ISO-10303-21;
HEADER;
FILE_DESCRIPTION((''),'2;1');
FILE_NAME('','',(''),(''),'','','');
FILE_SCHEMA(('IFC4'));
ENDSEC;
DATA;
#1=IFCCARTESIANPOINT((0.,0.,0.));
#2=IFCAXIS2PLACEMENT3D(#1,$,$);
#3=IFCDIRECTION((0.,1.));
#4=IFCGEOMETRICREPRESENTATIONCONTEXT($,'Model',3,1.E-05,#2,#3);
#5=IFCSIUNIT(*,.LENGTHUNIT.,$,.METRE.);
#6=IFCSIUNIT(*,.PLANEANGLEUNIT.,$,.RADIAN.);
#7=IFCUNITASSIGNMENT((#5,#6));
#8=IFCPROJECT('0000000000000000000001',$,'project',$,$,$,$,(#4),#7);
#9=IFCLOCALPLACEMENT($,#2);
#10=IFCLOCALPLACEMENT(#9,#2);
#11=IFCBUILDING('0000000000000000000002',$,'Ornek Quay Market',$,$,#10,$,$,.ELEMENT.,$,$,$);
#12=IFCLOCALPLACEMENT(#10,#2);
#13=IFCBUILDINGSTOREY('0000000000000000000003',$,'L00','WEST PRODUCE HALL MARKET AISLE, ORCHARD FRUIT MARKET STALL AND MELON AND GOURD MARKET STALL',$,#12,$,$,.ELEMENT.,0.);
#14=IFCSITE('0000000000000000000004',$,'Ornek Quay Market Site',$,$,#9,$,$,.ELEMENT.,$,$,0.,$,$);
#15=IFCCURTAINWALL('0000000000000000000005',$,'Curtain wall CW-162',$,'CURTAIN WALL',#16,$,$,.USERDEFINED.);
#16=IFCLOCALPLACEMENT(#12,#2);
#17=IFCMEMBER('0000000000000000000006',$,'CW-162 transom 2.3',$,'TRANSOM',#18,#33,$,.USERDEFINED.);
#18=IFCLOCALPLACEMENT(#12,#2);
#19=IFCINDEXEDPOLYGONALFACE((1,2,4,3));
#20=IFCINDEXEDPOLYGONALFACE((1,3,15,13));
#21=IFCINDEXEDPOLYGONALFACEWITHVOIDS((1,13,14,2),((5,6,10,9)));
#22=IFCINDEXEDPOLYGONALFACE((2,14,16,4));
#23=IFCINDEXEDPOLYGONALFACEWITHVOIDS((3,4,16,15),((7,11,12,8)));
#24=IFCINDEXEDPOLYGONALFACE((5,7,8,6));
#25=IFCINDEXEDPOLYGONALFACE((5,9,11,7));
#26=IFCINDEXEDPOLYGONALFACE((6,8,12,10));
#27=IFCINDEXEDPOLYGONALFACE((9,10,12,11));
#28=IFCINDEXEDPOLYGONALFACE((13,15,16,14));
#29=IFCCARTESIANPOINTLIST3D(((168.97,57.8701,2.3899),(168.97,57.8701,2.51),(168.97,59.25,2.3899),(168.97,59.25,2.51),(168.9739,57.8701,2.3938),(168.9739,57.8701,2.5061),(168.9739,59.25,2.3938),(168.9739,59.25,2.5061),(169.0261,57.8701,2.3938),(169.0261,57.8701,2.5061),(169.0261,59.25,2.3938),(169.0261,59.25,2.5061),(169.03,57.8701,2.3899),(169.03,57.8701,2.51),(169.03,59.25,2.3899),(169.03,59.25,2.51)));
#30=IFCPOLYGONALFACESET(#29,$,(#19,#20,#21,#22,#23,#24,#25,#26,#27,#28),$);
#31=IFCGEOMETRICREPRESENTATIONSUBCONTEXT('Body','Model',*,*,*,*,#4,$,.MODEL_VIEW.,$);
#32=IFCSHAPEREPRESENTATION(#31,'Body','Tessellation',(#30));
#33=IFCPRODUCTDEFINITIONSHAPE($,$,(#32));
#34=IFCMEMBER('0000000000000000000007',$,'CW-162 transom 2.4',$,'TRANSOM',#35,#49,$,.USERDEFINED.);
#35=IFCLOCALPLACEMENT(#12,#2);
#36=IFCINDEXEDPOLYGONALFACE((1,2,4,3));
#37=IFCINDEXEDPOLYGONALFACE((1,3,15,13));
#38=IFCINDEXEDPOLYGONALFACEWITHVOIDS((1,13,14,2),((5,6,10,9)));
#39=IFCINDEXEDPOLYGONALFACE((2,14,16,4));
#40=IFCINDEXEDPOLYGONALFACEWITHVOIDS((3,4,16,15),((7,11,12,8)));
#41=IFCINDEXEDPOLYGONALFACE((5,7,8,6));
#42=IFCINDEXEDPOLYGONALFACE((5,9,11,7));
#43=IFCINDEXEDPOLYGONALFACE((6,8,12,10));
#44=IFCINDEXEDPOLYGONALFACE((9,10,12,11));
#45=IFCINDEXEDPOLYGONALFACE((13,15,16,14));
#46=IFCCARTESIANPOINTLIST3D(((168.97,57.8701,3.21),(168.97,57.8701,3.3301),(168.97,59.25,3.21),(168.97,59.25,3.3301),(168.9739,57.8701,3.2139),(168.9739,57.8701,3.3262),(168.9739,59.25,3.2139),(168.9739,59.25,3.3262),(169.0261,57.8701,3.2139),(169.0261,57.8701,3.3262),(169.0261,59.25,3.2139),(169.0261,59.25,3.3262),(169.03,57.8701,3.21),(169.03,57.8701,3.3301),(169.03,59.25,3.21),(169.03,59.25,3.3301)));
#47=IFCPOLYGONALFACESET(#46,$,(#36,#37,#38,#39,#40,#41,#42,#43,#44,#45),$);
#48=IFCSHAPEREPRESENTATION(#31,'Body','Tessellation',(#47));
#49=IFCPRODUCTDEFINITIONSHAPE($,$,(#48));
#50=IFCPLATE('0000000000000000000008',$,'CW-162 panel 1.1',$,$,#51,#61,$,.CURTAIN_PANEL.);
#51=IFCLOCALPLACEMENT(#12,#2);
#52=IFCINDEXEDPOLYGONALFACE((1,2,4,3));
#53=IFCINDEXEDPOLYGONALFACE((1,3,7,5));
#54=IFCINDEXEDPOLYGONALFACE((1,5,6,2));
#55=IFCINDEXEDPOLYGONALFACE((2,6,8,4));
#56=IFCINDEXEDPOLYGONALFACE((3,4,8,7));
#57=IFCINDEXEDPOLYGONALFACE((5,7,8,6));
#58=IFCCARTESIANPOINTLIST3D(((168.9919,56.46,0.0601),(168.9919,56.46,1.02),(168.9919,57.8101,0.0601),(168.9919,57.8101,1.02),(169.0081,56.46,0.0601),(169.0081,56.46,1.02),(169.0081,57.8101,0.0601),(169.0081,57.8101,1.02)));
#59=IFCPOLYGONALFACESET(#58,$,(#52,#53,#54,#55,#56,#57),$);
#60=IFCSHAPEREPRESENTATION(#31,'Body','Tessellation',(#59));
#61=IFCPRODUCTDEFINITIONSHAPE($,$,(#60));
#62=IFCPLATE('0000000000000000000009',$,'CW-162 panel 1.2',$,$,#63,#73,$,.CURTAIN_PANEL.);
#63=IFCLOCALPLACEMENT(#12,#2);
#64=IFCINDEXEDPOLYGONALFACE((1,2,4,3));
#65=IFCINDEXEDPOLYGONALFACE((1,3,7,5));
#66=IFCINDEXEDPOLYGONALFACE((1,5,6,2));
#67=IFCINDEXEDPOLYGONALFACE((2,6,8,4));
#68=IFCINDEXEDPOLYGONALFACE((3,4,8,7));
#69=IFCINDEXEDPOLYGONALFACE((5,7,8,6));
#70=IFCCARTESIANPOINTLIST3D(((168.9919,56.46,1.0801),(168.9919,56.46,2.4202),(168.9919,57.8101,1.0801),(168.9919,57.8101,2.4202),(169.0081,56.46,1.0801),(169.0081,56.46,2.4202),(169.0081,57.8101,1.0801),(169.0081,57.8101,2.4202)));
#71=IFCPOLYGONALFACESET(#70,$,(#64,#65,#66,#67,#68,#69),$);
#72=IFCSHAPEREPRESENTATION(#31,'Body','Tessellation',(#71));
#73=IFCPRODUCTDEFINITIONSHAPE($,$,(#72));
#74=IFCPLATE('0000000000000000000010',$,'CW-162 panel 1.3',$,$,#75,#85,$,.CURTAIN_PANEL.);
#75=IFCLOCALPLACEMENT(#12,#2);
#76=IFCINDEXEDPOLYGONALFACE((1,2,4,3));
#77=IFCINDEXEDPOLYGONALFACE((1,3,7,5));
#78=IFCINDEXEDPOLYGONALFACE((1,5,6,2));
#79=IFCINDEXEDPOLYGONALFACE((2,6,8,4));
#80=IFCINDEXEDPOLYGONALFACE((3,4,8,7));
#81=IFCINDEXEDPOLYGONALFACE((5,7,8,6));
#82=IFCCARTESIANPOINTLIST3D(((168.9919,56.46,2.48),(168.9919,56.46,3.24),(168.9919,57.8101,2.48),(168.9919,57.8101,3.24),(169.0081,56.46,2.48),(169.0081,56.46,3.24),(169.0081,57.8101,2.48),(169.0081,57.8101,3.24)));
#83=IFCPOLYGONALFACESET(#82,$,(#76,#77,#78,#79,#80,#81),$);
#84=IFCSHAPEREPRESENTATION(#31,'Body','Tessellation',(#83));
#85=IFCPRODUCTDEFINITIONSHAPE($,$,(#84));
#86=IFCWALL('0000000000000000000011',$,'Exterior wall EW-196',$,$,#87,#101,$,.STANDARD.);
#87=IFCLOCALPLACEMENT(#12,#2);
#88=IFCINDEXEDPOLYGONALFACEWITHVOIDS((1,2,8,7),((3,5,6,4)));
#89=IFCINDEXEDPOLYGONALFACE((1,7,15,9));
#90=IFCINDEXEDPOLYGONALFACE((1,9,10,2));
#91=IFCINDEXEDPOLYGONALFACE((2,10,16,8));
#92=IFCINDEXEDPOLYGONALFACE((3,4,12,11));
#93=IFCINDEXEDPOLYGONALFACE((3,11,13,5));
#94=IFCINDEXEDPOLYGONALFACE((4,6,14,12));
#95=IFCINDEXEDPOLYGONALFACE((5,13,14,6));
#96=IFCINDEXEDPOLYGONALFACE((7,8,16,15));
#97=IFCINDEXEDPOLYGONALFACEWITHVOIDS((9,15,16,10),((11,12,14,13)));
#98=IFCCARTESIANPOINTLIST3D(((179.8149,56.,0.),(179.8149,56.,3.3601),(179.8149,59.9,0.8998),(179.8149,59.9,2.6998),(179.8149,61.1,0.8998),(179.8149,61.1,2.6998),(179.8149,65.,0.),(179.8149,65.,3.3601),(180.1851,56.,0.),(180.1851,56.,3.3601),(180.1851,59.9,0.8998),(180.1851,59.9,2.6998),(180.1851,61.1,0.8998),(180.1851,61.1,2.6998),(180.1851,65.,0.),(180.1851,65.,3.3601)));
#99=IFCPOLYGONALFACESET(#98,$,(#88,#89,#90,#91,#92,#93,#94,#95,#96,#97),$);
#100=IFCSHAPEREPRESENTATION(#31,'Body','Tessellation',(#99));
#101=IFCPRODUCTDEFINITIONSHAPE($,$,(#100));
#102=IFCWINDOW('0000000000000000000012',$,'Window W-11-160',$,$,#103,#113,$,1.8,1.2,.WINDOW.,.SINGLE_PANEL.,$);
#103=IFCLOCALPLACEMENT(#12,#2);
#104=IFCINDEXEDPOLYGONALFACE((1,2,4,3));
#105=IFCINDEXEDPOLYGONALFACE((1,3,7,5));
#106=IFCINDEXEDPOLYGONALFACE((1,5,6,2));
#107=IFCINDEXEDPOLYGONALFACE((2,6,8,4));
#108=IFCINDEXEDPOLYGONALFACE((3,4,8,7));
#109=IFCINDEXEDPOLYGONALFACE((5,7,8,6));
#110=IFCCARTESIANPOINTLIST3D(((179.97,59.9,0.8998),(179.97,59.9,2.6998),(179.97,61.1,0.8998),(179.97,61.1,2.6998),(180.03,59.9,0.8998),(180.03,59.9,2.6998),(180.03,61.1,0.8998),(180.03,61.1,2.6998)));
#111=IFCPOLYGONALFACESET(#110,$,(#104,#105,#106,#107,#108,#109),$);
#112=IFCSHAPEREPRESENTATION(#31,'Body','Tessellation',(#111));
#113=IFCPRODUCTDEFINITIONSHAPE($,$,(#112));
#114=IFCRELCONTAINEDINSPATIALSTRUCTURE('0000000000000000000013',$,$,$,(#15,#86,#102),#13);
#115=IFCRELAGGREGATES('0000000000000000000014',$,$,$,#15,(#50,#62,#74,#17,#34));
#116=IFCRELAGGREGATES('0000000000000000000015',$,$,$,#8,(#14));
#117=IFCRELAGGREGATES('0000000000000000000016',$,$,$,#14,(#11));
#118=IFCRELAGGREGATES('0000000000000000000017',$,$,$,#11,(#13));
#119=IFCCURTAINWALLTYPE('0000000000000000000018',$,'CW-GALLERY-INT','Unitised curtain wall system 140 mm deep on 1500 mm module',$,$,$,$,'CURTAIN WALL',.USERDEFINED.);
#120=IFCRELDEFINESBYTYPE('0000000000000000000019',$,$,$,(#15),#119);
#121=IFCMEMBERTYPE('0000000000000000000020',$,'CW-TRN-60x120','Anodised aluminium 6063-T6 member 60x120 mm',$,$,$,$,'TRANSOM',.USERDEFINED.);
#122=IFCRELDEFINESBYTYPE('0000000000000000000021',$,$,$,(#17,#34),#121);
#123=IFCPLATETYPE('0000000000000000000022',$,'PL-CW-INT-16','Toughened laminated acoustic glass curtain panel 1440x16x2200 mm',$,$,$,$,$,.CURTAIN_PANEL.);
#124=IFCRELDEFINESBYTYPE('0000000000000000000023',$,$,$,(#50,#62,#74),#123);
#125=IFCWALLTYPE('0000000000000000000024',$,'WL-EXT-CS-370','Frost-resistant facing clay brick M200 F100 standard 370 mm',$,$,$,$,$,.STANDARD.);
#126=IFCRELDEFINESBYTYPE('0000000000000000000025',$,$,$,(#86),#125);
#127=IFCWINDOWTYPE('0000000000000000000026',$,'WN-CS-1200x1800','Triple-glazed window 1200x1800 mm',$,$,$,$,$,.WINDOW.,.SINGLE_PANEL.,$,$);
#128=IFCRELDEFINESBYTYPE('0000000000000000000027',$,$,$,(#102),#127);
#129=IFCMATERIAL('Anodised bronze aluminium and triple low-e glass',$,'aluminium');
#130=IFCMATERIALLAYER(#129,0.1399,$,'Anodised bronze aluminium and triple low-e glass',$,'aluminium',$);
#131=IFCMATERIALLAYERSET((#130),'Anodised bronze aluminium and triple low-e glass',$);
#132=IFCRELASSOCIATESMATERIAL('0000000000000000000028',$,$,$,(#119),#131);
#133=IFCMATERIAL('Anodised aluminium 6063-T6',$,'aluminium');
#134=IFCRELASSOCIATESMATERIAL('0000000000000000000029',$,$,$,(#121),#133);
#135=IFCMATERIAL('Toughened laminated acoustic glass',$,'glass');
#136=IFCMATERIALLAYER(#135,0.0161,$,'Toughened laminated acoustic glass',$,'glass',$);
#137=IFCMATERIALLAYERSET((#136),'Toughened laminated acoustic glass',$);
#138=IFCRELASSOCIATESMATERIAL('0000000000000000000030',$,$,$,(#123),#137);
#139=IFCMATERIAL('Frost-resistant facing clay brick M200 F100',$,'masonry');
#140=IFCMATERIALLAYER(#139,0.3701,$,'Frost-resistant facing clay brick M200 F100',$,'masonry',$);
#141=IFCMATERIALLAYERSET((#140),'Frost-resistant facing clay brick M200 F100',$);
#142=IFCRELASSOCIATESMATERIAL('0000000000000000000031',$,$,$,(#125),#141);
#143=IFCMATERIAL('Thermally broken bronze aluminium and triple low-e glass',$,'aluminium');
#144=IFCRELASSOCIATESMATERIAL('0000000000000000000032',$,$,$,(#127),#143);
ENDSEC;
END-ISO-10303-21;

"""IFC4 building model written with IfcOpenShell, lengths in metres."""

from ifc_helpers import new_model, si_unit, direction, frame, frame_2d, origin, origin_2d, place, context, subcontext, project, spatial, rectangle, hollow_rectangle, extrude, material, layer, layer_set, material_profile, profile_set, type_object, element, fill, aggregate, save


model = new_model("IFC4")

# Units and contexts
model_context = context("Model", 3, precision=1e-05, world=origin(), true_north=direction((0.0, 1.0)))
body_context = subcontext(model_context, "Body", "Model", "MODEL_VIEW")
ifc_project = project(units=[si_unit("LENGTHUNIT", "METRE"), si_unit("PLANEANGLEUNIT", "RADIAN")], contexts=[model_context])

# Site, building, storey
site_placement = place(None, origin())
site = spatial("IfcSite", under=ifc_project, at=site_placement, Name="Ornek Quay Market Site", CompositionType="ELEMENT", RefElevation=0.0)
building_placement = place(site_placement, origin())
building = spatial("IfcBuilding", under=site, at=building_placement, Name="Ornek Quay Market", CompositionType="ELEMENT")
storey_placement = place(building_placement, origin())
storey = spatial("IfcBuildingStorey", under=building, at=storey_placement, Name="L00", Description="WEST PRODUCE HALL MARKET AISLE, ORCHARD FRUIT MARKET STALL AND MELON AND GOURD MARKET STALL", CompositionType="ELEMENT", Elevation=0.0)

# Curtain wall, members, plates
ifc_material_1 = material(Name="Anodised bronze aluminium and triple low-e glass", Category="aluminium")
ifc_layer_1 = layer(ifc_material_1, 0.1399, Name="Anodised bronze aluminium and triple low-e glass", Category="aluminium")
ifc_layer_set_1 = layer_set([ifc_layer_1], Name="Anodised bronze aluminium and triple low-e glass")
curtain_wall_type = type_object("IfcCurtainWallType", Name="CW-GALLERY-INT", Description="Unitised curtain wall system 140 mm deep on 1500 mm module", ElementType="CURTAIN WALL", PredefinedType="USERDEFINED", material=ifc_layer_set_1)
curtain_wall_placement = place(storey_placement, origin())
curtain_wall = element("IfcCurtainWall", 1, at=curtain_wall_placement, inside=storey, type_object=curtain_wall_type, Name="Curtain wall CW-162", ObjectType="CURTAIN WALL", PredefinedType="USERDEFINED")
ifc_material_2 = material(Name="Anodised aluminium 6063-T6", Category="aluminium")
ifc_material_profile_1 = material_profile(ifc_material_2, hollow_rectangle(XDim=0.0601, YDim=0.1201, WallThickness=0.0039, at=origin_2d()), Name="CW-TRN-60x120", Category="aluminium")
ifc_profile_set_1 = profile_set([ifc_material_profile_1], Name="Anodised aluminium 6063-T6")
member_type_1 = type_object("IfcMemberType", Name="CW-TRN-60x120", Description="Anodised aluminium 6063-T6 member 60x120 mm", ElementType="TRANSOM", PredefinedType="USERDEFINED", material=ifc_profile_set_1)
member_1_placement = place(storey_placement, frame((169.0, 57.8701, 2.45), z_axis=(0.0, 1.0, 0.0), x_axis=(-1.0, 0.0, 0.0)))
member_1 = element("IfcMember", 2, at=member_1_placement, type_object=member_type_1, Name="CW-162 transom 2.3", ObjectType="TRANSOM", PredefinedType="USERDEFINED", context=body_context, shape_type="SweptSolid", body=[
    extrude(hollow_rectangle(XDim=0.0601, YDim=0.1201, WallThickness=0.0039, at=origin_2d()), origin(), (0.0, 0.0, 1.0), 1.3799),
])
member_2_placement = place(storey_placement, frame((169.0, 57.8701, 3.27), z_axis=(0.0, 1.0, 0.0), x_axis=(-1.0, 0.0, 0.0)))
member_2 = element("IfcMember", 3, at=member_2_placement, type_object=member_type_1, Name="CW-162 transom 2.4", ObjectType="TRANSOM", PredefinedType="USERDEFINED", context=body_context, shape_type="SweptSolid", body=[
    extrude(hollow_rectangle(XDim=0.0601, YDim=0.1201, WallThickness=0.0039, at=origin_2d()), origin(), (0.0, 0.0, 1.0), 1.3799),
])
ifc_material_3 = material(Name="Toughened laminated acoustic glass", Category="glass")
ifc_layer_2 = layer(ifc_material_3, 0.0161, Name="Toughened laminated acoustic glass", Category="glass")
ifc_layer_set_2 = layer_set([ifc_layer_2], Name="Toughened laminated acoustic glass")
plate_type = type_object("IfcPlateType", Name="PL-CW-INT-16", Description="Toughened laminated acoustic glass curtain panel 1440x16x2200 mm", PredefinedType="CURTAIN_PANEL", material=ifc_layer_set_2)
plate_1_placement = place(storey_placement, frame((169.0, 57.135, 0.0601), z_axis=(0.0, 0.0, 1.0), x_axis=(0.0, 1.0, 0.0)))
plate_1 = element("IfcPlate", 4, at=plate_1_placement, type_object=plate_type, Name="CW-162 panel 1.1", PredefinedType="CURTAIN_PANEL", context=body_context, shape_type="SweptSolid", body=[
    extrude(rectangle(XDim=1.3501, YDim=0.0161, at=origin_2d()), origin(), (0.0, 0.0, 1.0), 0.96),
])
plate_2_placement = place(storey_placement, frame((169.0, 57.135, 1.0801), z_axis=(0.0, 0.0, 1.0), x_axis=(0.0, 1.0, 0.0)))
plate_2 = element("IfcPlate", 5, at=plate_2_placement, type_object=plate_type, Name="CW-162 panel 1.2", PredefinedType="CURTAIN_PANEL", context=body_context, shape_type="SweptSolid", body=[
    extrude(rectangle(XDim=1.3501, YDim=0.0161, at=origin_2d()), origin(), (0.0, 0.0, 1.0), 1.3401),
])
plate_3_placement = place(storey_placement, frame((169.0, 57.135, 2.48), z_axis=(0.0, 0.0, 1.0), x_axis=(0.0, 1.0, 0.0)))
plate_3 = element("IfcPlate", 6, at=plate_3_placement, type_object=plate_type, Name="CW-162 panel 1.3", PredefinedType="CURTAIN_PANEL", context=body_context, shape_type="SweptSolid", body=[
    extrude(rectangle(XDim=1.3501, YDim=0.0161, at=origin_2d()), origin(), (0.0, 0.0, 1.0), 0.76),
])
aggregate(curtain_wall, [plate_1, plate_2, plate_3, member_1, member_2])

# Wall, opening, window
ifc_material_4 = material(Name="Frost-resistant facing clay brick M200 F100", Category="masonry")
ifc_layer_3 = layer(ifc_material_4, 0.3701, Name="Frost-resistant facing clay brick M200 F100", Category="masonry")
ifc_layer_set_3 = layer_set([ifc_layer_3], Name="Frost-resistant facing clay brick M200 F100")
wall_type = type_object("IfcWallType", Name="WL-EXT-CS-370", Description="Frost-resistant facing clay brick M200 F100 standard 370 mm", PredefinedType="STANDARD", material=ifc_layer_set_3)
wall_placement = place(storey_placement, frame((180.0, 56.0, 0.0), z_axis=(0.0, 0.0, 1.0), x_axis=(0.0, 1.0, 0.0)))
wall = element("IfcWall", 7, at=wall_placement, inside=storey, type_object=wall_type, Name="Exterior wall EW-196", PredefinedType="STANDARD", context=body_context, shape_type="SweptSolid", body=[
    extrude(rectangle(XDim=9.0, YDim=0.3701, at=frame_2d((4.5, 0.0))), origin(), (0.0, 0.0, 1.0), 3.3601),
])
opening_placement = place(wall_placement, frame((3.8999, 0.0, 0.8999)))
opening = element("IfcOpeningElement", 8, at=opening_placement, cuts=wall, PredefinedType="OPENING", context=body_context, shape_type="SweptSolid", body=[
    extrude(rectangle(XDim=1.2, YDim=1.8, at=frame_2d((0.6001, 0.8999))), frame((0.0, 0.1951, 0.0), z_axis=(0.0, -1.0, 0.0), x_axis=(1.0, 0.0, 0.0)), (0.0, 0.0, 1.0), 0.3901),
])
ifc_material_5 = material(Name="Thermally broken bronze aluminium and triple low-e glass", Category="aluminium")
window_type = type_object("IfcWindowType", Name="WN-CS-1200x1800", Description="Triple-glazed window 1200x1800 mm", PartitioningType="SINGLE_PANEL", PredefinedType="WINDOW", material=ifc_material_5)
window_placement = place(opening_placement, origin())
window = element("IfcWindow", 9, at=window_placement, inside=storey, type_object=window_type, Name="Window W-11-160", OverallHeight=1.8, OverallWidth=1.2, PartitioningType="SINGLE_PANEL", PredefinedType="WINDOW", context=body_context, shape_type="SweptSolid", body=[
    extrude(rectangle(XDim=1.2, YDim=1.8, at=frame_2d((0.6001, 0.8999))), frame((0.0, 0.03, 0.0), z_axis=(0.0, -1.0, 0.0), x_axis=(1.0, 0.0, 0.0)), (0.0, 0.0, 1.0), 0.0601),
])
fill(opening, window)

save(model, "model.ifc")
